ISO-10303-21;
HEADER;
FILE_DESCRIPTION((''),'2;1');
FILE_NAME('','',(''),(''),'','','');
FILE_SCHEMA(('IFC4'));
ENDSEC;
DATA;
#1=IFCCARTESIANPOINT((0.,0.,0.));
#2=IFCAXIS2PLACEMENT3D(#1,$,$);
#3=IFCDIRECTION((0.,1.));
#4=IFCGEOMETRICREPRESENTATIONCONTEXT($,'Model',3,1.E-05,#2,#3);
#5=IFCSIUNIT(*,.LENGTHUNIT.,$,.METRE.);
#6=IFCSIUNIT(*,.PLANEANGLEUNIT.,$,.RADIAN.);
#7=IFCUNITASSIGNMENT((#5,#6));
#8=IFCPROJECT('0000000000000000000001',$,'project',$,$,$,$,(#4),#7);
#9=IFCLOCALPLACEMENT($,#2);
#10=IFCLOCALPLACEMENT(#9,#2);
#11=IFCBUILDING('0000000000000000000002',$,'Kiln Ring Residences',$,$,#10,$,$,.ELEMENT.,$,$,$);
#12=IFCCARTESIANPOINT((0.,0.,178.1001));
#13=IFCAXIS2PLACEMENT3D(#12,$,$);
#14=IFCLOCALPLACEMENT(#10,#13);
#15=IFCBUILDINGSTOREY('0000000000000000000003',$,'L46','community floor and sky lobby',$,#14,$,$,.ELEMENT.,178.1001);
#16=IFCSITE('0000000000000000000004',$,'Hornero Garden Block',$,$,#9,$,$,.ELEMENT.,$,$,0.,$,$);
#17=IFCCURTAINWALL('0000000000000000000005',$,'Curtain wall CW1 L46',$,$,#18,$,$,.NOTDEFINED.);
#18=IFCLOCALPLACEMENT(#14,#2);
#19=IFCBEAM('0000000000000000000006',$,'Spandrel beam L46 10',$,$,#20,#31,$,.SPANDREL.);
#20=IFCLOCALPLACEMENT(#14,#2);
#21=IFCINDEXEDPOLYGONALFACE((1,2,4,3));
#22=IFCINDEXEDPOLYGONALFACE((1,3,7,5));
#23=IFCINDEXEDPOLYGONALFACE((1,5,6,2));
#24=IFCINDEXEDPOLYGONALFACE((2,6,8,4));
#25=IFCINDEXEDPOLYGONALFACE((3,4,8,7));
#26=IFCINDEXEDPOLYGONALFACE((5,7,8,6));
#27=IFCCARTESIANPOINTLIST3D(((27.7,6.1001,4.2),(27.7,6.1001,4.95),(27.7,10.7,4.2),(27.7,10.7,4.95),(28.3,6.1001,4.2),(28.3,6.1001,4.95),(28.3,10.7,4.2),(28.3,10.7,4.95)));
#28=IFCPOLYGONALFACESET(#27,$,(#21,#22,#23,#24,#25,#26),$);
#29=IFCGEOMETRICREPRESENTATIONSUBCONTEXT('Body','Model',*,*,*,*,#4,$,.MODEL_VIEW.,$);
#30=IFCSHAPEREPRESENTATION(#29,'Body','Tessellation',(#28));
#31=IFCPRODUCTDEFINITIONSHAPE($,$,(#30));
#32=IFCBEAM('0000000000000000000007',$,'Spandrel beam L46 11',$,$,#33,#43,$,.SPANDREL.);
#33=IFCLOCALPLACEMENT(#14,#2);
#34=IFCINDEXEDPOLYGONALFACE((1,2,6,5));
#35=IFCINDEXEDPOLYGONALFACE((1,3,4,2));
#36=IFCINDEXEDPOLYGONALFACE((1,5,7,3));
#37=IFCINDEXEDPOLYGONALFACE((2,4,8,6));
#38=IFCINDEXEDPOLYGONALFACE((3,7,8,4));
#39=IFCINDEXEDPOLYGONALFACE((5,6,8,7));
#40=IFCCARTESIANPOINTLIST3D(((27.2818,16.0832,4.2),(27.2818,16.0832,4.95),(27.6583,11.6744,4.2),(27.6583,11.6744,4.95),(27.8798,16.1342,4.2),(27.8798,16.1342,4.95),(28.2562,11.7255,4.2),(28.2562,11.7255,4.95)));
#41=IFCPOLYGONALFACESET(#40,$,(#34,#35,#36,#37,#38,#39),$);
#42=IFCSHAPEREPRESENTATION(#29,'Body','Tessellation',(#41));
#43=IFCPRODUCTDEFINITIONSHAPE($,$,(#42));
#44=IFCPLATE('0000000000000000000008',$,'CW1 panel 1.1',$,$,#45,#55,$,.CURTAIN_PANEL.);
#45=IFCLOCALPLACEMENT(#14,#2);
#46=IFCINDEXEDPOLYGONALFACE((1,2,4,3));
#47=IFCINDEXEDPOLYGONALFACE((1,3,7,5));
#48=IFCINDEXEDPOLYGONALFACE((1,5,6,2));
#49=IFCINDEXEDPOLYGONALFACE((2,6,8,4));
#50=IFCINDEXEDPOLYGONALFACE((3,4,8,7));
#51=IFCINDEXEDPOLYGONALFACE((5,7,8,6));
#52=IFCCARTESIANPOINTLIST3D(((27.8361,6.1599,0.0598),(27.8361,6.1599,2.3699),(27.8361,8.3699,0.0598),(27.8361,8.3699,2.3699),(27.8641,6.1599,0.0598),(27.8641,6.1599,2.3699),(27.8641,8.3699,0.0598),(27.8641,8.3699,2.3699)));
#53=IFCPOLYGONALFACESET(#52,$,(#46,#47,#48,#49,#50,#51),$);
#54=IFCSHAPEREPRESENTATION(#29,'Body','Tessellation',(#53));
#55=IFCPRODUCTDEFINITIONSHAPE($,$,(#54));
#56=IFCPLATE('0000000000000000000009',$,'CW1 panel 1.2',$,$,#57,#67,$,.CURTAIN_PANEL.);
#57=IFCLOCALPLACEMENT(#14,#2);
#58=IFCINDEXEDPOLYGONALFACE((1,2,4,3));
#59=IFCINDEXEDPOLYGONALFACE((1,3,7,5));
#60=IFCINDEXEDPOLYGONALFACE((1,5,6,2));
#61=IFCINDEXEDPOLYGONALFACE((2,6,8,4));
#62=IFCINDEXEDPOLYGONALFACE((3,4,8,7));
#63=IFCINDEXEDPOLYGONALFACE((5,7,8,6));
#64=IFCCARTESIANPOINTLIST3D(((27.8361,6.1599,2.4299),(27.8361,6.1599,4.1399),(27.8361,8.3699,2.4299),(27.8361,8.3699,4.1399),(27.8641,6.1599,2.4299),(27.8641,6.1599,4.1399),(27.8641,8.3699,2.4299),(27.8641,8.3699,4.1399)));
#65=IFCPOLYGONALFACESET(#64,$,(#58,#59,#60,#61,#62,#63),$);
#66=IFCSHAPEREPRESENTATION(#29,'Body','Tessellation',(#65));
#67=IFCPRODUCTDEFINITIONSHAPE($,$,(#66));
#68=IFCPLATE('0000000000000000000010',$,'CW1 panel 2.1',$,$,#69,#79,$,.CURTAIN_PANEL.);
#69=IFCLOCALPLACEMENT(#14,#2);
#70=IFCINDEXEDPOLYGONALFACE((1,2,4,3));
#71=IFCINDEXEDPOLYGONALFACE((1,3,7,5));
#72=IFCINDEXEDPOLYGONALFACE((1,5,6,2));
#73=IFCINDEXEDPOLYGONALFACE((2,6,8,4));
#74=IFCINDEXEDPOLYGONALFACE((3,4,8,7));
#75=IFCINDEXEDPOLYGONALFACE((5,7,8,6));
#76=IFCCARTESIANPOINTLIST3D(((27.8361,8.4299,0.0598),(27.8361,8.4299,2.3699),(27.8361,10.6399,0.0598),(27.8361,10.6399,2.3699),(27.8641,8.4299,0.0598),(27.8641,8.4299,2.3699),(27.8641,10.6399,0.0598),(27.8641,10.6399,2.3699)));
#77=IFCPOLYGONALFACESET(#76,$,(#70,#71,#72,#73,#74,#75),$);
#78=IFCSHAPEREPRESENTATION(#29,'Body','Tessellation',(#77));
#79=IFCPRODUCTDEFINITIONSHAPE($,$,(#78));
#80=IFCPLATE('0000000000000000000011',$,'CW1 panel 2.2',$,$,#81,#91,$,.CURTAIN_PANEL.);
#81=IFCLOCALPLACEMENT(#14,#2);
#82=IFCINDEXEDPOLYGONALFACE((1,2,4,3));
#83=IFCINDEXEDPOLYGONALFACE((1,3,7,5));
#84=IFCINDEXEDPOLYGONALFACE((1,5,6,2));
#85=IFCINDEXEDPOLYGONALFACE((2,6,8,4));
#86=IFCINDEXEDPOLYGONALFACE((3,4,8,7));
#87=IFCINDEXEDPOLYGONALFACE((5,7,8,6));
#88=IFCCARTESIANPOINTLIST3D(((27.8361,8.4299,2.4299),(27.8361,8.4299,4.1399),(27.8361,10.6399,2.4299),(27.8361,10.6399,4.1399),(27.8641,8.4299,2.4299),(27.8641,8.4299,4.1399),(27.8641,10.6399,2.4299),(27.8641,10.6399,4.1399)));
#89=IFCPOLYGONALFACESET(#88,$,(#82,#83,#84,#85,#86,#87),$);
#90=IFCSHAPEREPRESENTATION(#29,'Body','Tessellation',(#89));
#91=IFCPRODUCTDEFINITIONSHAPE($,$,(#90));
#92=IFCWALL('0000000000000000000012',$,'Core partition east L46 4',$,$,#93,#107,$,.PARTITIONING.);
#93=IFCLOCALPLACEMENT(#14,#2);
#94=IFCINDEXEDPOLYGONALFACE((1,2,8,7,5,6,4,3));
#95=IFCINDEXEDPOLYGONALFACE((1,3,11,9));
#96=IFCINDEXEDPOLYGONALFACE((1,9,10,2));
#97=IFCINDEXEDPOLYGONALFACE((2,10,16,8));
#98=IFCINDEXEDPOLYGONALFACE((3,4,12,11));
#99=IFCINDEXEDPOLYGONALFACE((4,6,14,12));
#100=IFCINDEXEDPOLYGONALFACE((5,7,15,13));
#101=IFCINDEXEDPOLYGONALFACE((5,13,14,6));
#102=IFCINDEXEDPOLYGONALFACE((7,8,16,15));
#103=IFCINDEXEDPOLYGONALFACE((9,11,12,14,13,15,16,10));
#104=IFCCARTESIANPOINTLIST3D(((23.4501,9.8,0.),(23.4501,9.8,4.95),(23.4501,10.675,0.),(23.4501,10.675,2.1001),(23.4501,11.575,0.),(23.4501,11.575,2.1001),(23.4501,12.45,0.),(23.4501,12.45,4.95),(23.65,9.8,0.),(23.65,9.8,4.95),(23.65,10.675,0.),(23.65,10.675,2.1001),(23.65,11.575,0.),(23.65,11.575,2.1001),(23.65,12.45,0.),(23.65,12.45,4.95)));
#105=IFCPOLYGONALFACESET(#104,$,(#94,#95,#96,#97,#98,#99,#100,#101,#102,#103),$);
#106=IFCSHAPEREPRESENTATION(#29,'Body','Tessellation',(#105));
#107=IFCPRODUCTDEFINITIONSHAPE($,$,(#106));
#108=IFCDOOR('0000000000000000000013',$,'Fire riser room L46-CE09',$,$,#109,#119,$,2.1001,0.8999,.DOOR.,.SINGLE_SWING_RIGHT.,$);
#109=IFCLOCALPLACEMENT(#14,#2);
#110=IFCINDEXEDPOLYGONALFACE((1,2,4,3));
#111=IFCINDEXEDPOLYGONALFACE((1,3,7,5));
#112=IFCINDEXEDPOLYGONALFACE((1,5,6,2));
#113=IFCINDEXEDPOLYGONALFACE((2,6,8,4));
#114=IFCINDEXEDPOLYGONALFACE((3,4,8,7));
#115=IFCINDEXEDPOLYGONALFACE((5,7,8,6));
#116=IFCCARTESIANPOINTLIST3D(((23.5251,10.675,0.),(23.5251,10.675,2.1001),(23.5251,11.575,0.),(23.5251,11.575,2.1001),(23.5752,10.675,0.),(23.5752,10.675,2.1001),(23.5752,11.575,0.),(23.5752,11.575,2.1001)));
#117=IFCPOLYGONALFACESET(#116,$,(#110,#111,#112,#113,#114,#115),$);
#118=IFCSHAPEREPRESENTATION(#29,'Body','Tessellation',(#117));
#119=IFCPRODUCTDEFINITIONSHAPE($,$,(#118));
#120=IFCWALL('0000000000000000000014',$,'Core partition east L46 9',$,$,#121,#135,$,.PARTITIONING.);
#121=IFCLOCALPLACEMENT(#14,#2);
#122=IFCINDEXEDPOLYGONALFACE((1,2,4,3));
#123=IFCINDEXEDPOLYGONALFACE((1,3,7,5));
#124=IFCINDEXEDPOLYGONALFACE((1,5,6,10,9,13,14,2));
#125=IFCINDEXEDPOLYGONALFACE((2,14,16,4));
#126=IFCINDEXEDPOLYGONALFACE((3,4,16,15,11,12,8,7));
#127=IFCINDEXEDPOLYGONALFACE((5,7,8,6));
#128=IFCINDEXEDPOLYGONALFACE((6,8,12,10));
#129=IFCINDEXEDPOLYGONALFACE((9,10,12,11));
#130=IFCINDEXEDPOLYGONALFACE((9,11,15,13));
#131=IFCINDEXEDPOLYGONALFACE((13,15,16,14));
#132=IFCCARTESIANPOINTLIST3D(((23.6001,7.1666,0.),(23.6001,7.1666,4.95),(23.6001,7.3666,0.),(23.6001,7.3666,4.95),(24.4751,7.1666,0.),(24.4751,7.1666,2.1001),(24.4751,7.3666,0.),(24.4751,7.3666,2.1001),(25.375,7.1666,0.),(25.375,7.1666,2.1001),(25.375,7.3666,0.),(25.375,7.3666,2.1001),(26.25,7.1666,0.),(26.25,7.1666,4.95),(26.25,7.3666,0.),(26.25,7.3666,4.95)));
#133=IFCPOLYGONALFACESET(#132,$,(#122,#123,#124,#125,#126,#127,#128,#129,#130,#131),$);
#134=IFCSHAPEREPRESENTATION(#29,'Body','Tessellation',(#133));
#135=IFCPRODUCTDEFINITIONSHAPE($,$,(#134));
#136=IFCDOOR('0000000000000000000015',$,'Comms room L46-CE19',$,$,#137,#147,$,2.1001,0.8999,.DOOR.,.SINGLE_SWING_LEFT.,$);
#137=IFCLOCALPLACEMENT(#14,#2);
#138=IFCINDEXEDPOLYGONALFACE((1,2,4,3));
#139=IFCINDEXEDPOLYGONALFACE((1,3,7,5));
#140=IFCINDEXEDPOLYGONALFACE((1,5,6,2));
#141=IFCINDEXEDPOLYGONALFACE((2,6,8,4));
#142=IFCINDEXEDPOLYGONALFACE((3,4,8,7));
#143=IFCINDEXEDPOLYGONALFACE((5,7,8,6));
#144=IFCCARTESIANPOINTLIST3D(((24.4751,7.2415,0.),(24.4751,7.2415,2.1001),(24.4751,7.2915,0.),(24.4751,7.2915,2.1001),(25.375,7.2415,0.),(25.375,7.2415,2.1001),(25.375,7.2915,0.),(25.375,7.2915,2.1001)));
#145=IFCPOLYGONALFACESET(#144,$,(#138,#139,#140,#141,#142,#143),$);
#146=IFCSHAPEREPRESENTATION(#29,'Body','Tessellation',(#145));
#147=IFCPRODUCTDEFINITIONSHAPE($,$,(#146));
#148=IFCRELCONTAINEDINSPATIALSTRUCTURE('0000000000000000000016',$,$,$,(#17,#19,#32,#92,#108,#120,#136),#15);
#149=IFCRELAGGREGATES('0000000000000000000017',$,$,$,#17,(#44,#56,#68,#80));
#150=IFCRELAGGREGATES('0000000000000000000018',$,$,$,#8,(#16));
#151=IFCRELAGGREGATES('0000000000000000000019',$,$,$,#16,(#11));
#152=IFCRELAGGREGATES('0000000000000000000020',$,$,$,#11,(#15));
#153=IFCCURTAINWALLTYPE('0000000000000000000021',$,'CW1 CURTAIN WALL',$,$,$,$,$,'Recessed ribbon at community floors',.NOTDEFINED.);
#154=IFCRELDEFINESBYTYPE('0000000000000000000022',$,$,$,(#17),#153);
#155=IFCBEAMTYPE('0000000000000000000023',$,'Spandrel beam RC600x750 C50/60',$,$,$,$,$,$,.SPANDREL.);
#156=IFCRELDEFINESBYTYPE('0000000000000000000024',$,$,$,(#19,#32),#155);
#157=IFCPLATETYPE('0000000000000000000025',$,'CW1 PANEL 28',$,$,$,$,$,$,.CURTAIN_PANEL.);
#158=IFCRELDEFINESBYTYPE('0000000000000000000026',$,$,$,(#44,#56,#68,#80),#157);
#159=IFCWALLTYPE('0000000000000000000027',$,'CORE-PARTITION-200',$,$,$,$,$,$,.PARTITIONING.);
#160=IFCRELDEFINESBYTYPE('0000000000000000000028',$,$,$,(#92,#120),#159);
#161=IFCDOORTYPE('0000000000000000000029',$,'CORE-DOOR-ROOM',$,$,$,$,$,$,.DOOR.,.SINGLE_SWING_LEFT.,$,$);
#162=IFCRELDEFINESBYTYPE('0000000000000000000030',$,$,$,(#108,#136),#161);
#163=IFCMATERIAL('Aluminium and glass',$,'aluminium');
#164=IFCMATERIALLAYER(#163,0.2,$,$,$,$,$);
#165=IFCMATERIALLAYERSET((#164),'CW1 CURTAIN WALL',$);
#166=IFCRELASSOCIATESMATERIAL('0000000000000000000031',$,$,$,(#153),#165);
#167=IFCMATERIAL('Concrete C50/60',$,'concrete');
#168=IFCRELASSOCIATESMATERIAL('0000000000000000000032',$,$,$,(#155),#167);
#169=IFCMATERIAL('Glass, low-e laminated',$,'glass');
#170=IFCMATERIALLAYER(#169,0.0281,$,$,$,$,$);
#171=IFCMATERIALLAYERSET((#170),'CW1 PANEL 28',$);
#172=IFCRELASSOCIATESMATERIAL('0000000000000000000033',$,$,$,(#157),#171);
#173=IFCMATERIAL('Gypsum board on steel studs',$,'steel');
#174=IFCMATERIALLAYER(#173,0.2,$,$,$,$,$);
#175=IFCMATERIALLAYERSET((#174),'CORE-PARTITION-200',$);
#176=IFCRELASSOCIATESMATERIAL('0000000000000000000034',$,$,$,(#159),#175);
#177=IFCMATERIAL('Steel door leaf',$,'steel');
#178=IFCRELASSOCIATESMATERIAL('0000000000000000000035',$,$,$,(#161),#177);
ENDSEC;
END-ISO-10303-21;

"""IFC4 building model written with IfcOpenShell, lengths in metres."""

from ifc_helpers import new_model, si_unit, direction, frame, frame_2d, origin, origin_2d, place, context, subcontext, project, spatial, rectangle, extrude, material, layer, layer_set, material_profile, profile_set, type_object, element, fill, aggregate, save


model = new_model("IFC4")

# Units and contexts
model_context = context("Model", 3, precision=1e-05, world=origin(), true_north=direction((0.0, 1.0)))
body_context = subcontext(model_context, "Body", "Model", "MODEL_VIEW")
ifc_project = project(units=[si_unit("LENGTHUNIT", "METRE"), si_unit("PLANEANGLEUNIT", "RADIAN")], contexts=[model_context])

# Site, building, storey
site_placement = place(None, origin())
site = spatial("IfcSite", under=ifc_project, at=site_placement, Name="Hornero Garden Block", CompositionType="ELEMENT", RefElevation=0.0)
building_placement = place(site_placement, origin())
building = spatial("IfcBuilding", under=site, at=building_placement, Name="Kiln Ring Residences", CompositionType="ELEMENT")
storey_placement = place(building_placement, frame((0.0, 0.0, 178.1001)))
storey = spatial("IfcBuildingStorey", under=building, at=storey_placement, Name="L46", Description="community floor and sky lobby", CompositionType="ELEMENT", Elevation=178.1001)

# Curtain wall
ifc_material_1 = material(Name="Aluminium and glass", Category="aluminium")
ifc_layer_1 = layer(ifc_material_1, 0.2)
ifc_layer_set_1 = layer_set([ifc_layer_1], Name="CW1 CURTAIN WALL")
curtain_wall_type = type_object("IfcCurtainWallType", Name="CW1 CURTAIN WALL", ElementType="Recessed ribbon at community floors", PredefinedType="NOTDEFINED", material=ifc_layer_set_1)
placement = place(storey_placement, origin())
curtain_wall_1 = element("IfcCurtainWall", 1, at=placement, inside=storey, type_object=curtain_wall_type, Name="Curtain wall CW1 L46", PredefinedType="NOTDEFINED")

# Beams
ifc_material_2 = material(Name="Concrete C50/60", Category="concrete")
ifc_material_profile_1 = material_profile(ifc_material_2, rectangle(XDim=0.6001, YDim=0.75, at=origin_2d()), Name="RC600x750")
ifc_profile_set_1 = profile_set([ifc_material_profile_1], Name="Concrete C50/60")
beam_type = type_object("IfcBeamType", Name="Spandrel beam RC600x750 C50/60", PredefinedType="SPANDREL", material=ifc_profile_set_1)
beam_1_placement = place(storey_placement, frame((28.0, 6.1001, 4.575), z_axis=(0.0, 1.0, 0.0), x_axis=(-1.0, 0.0, 0.0)))
element("IfcBeam", 2, at=beam_1_placement, inside=storey, type_object=beam_type, Name="Spandrel beam L46 10", PredefinedType="SPANDREL", context=body_context, shape_type="SweptSolid", body=[
    extrude(rectangle(XDim=0.6001, YDim=0.75, at=origin_2d()), origin(), (0.0, 0.0, 1.0), 4.5999),
])
beam_2_placement = place(storey_placement, frame((27.9573, 11.7, 4.575), z_axis=(-0.085082, 0.996374, 0.0), x_axis=(-0.996374, -0.085082, 0.0)))
element("IfcBeam", 3, at=beam_2_placement, inside=storey, type_object=beam_type, Name="Spandrel beam L46 11", PredefinedType="SPANDREL", context=body_context, shape_type="SweptSolid", body=[
    extrude(rectangle(XDim=0.6001, YDim=0.75, at=origin_2d()), origin(), (0.0, 0.0, 1.0), 4.4248),
])

# Plates
ifc_material_3 = material(Name="Glass, low-e laminated", Category="glass")
ifc_layer_2 = layer(ifc_material_3, 0.0281)
ifc_layer_set_2 = layer_set([ifc_layer_2], Name="CW1 PANEL 28")
plate_type = type_object("IfcPlateType", Name="CW1 PANEL 28", PredefinedType="CURTAIN_PANEL", material=ifc_layer_set_2)
plate_1_placement = place(storey_placement, frame((27.8501, 7.2649, 0.0598), z_axis=(0.0, 0.0, 1.0), x_axis=(0.0, 1.0, 0.0)))
plate_1 = element("IfcPlate", 4, at=plate_1_placement, type_object=plate_type, Name="CW1 panel 1.1", PredefinedType="CURTAIN_PANEL", context=body_context, shape_type="SweptSolid", body=[
    extrude(rectangle(XDim=2.21, YDim=0.0281, at=origin_2d()), origin(), (0.0, 0.0, 1.0), 2.3101),
])
plate_2_placement = place(storey_placement, frame((27.8501, 7.2649, 2.4299), z_axis=(0.0, 0.0, 1.0), x_axis=(0.0, 1.0, 0.0)))
plate_2 = element("IfcPlate", 5, at=plate_2_placement, type_object=plate_type, Name="CW1 panel 1.2", PredefinedType="CURTAIN_PANEL", context=body_context, shape_type="SweptSolid", body=[
    extrude(rectangle(XDim=2.21, YDim=0.0281, at=origin_2d()), origin(), (0.0, 0.0, 1.0), 1.71),
])
plate_3_placement = place(storey_placement, frame((27.8501, 9.5349, 0.0598), z_axis=(0.0, 0.0, 1.0), x_axis=(0.0, 1.0, 0.0)))
plate_3 = element("IfcPlate", 6, at=plate_3_placement, type_object=plate_type, Name="CW1 panel 2.1", PredefinedType="CURTAIN_PANEL", context=body_context, shape_type="SweptSolid", body=[
    extrude(rectangle(XDim=2.21, YDim=0.0281, at=origin_2d()), origin(), (0.0, 0.0, 1.0), 2.3101),
])
plate_4_placement = place(storey_placement, frame((27.8501, 9.5349, 2.4299), z_axis=(0.0, 0.0, 1.0), x_axis=(0.0, 1.0, 0.0)))
plate_4 = element("IfcPlate", 7, at=plate_4_placement, type_object=plate_type, Name="CW1 panel 2.2", PredefinedType="CURTAIN_PANEL", context=body_context, shape_type="SweptSolid", body=[
    extrude(rectangle(XDim=2.21, YDim=0.0281, at=origin_2d()), origin(), (0.0, 0.0, 1.0), 1.71),
])
aggregate(curtain_wall_1, [plate_1, plate_2, plate_3, plate_4])

# Walls, openings, doors
ifc_material_4 = material(Name="Gypsum board on steel studs", Category="steel")
ifc_layer_3 = layer(ifc_material_4, 0.2)
ifc_layer_set_3 = layer_set([ifc_layer_3], Name="CORE-PARTITION-200")
wall_type = type_object("IfcWallType", Name="CORE-PARTITION-200", PredefinedType="PARTITIONING", material=ifc_layer_set_3)
wall_1_placement = place(storey_placement, frame((23.55, 9.8, 0.0), z_axis=(0.0, 0.0, 1.0), x_axis=(0.0, 1.0, 0.0)))
wall_1 = element("IfcWall", 8, at=wall_1_placement, inside=storey, type_object=wall_type, Name="Core partition east L46 4", PredefinedType="PARTITIONING", context=body_context, shape_type="SweptSolid", body=[
    extrude(rectangle(XDim=2.6499, YDim=0.2, at=frame_2d((1.325, 0.0))), origin(), (0.0, 0.0, 1.0), 4.95),
])
opening_1_placement = place(wall_1_placement, frame((0.875, 0.0, 0.0)))
opening_1 = element("IfcOpeningElement", 9, at=opening_1_placement, cuts=wall_1, PredefinedType="OPENING", context=body_context, shape_type="SweptSolid", body=[
    extrude(rectangle(XDim=0.8999, YDim=2.1001, at=frame_2d((0.45, 1.05))), frame((0.0, 0.1099, 0.0), z_axis=(0.0, -1.0, 0.0), x_axis=(1.0, 0.0, 0.0)), (0.0, 0.0, 1.0), 0.22),
])
ifc_material_5 = material(Name="Steel door leaf", Category="steel")
door_type = type_object("IfcDoorType", Name="CORE-DOOR-ROOM", OperationType="SINGLE_SWING_LEFT", PredefinedType="DOOR", material=ifc_material_5)
door_1_placement = place(opening_1_placement, origin())
door_1 = element("IfcDoor", 10, at=door_1_placement, inside=storey, type_object=door_type, Name="Fire riser room L46-CE09", OperationType="SINGLE_SWING_RIGHT", OverallHeight=2.1001, OverallWidth=0.8999, PredefinedType="DOOR", context=body_context, shape_type="SweptSolid", body=[
    extrude(rectangle(XDim=0.8999, YDim=2.1001, at=frame_2d((0.45, 1.05))), frame((0.0, 0.0249, 0.0), z_axis=(0.0, -1.0, 0.0), x_axis=(1.0, 0.0, 0.0)), (0.0, 0.0, 1.0), 0.05),
])
fill(opening_1, door_1)
wall_2_placement = place(storey_placement, frame((23.6001, 7.2666, 0.0), z_axis=(0.0, 0.0, 1.0), x_axis=(1.0, 0.0, 0.0)))
wall_2 = element("IfcWall", 11, at=wall_2_placement, inside=storey, type_object=wall_type, Name="Core partition east L46 9", PredefinedType="PARTITIONING", context=body_context, shape_type="SweptSolid", body=[
    extrude(rectangle(XDim=2.6499, YDim=0.2, at=frame_2d((1.325, 0.0))), origin(), (0.0, 0.0, 1.0), 4.95),
])
opening_2_placement = place(wall_2_placement, frame((0.875, 0.0, 0.0)))
opening_2 = element("IfcOpeningElement", 12, at=opening_2_placement, cuts=wall_2, PredefinedType="OPENING", context=body_context, shape_type="SweptSolid", body=[
    extrude(rectangle(XDim=0.8999, YDim=2.1001, at=frame_2d((0.45, 1.05))), frame((0.0, 0.1099, 0.0), z_axis=(0.0, -1.0, 0.0), x_axis=(1.0, 0.0, 0.0)), (0.0, 0.0, 1.0), 0.22),
])
door_2_placement = place(opening_2_placement, origin())
door_2 = element("IfcDoor", 13, at=door_2_placement, inside=storey, type_object=door_type, Name="Comms room L46-CE19", OperationType="SINGLE_SWING_LEFT", OverallHeight=2.1001, OverallWidth=0.8999, PredefinedType="DOOR", context=body_context, shape_type="SweptSolid", body=[
    extrude(rectangle(XDim=0.8999, YDim=2.1001, at=frame_2d((0.45, 1.05))), frame((0.0, 0.0249, 0.0), z_axis=(0.0, -1.0, 0.0), x_axis=(1.0, 0.0, 0.0)), (0.0, 0.0, 1.0), 0.05),
])
fill(opening_2, door_2)

save(model, "model.ifc")
